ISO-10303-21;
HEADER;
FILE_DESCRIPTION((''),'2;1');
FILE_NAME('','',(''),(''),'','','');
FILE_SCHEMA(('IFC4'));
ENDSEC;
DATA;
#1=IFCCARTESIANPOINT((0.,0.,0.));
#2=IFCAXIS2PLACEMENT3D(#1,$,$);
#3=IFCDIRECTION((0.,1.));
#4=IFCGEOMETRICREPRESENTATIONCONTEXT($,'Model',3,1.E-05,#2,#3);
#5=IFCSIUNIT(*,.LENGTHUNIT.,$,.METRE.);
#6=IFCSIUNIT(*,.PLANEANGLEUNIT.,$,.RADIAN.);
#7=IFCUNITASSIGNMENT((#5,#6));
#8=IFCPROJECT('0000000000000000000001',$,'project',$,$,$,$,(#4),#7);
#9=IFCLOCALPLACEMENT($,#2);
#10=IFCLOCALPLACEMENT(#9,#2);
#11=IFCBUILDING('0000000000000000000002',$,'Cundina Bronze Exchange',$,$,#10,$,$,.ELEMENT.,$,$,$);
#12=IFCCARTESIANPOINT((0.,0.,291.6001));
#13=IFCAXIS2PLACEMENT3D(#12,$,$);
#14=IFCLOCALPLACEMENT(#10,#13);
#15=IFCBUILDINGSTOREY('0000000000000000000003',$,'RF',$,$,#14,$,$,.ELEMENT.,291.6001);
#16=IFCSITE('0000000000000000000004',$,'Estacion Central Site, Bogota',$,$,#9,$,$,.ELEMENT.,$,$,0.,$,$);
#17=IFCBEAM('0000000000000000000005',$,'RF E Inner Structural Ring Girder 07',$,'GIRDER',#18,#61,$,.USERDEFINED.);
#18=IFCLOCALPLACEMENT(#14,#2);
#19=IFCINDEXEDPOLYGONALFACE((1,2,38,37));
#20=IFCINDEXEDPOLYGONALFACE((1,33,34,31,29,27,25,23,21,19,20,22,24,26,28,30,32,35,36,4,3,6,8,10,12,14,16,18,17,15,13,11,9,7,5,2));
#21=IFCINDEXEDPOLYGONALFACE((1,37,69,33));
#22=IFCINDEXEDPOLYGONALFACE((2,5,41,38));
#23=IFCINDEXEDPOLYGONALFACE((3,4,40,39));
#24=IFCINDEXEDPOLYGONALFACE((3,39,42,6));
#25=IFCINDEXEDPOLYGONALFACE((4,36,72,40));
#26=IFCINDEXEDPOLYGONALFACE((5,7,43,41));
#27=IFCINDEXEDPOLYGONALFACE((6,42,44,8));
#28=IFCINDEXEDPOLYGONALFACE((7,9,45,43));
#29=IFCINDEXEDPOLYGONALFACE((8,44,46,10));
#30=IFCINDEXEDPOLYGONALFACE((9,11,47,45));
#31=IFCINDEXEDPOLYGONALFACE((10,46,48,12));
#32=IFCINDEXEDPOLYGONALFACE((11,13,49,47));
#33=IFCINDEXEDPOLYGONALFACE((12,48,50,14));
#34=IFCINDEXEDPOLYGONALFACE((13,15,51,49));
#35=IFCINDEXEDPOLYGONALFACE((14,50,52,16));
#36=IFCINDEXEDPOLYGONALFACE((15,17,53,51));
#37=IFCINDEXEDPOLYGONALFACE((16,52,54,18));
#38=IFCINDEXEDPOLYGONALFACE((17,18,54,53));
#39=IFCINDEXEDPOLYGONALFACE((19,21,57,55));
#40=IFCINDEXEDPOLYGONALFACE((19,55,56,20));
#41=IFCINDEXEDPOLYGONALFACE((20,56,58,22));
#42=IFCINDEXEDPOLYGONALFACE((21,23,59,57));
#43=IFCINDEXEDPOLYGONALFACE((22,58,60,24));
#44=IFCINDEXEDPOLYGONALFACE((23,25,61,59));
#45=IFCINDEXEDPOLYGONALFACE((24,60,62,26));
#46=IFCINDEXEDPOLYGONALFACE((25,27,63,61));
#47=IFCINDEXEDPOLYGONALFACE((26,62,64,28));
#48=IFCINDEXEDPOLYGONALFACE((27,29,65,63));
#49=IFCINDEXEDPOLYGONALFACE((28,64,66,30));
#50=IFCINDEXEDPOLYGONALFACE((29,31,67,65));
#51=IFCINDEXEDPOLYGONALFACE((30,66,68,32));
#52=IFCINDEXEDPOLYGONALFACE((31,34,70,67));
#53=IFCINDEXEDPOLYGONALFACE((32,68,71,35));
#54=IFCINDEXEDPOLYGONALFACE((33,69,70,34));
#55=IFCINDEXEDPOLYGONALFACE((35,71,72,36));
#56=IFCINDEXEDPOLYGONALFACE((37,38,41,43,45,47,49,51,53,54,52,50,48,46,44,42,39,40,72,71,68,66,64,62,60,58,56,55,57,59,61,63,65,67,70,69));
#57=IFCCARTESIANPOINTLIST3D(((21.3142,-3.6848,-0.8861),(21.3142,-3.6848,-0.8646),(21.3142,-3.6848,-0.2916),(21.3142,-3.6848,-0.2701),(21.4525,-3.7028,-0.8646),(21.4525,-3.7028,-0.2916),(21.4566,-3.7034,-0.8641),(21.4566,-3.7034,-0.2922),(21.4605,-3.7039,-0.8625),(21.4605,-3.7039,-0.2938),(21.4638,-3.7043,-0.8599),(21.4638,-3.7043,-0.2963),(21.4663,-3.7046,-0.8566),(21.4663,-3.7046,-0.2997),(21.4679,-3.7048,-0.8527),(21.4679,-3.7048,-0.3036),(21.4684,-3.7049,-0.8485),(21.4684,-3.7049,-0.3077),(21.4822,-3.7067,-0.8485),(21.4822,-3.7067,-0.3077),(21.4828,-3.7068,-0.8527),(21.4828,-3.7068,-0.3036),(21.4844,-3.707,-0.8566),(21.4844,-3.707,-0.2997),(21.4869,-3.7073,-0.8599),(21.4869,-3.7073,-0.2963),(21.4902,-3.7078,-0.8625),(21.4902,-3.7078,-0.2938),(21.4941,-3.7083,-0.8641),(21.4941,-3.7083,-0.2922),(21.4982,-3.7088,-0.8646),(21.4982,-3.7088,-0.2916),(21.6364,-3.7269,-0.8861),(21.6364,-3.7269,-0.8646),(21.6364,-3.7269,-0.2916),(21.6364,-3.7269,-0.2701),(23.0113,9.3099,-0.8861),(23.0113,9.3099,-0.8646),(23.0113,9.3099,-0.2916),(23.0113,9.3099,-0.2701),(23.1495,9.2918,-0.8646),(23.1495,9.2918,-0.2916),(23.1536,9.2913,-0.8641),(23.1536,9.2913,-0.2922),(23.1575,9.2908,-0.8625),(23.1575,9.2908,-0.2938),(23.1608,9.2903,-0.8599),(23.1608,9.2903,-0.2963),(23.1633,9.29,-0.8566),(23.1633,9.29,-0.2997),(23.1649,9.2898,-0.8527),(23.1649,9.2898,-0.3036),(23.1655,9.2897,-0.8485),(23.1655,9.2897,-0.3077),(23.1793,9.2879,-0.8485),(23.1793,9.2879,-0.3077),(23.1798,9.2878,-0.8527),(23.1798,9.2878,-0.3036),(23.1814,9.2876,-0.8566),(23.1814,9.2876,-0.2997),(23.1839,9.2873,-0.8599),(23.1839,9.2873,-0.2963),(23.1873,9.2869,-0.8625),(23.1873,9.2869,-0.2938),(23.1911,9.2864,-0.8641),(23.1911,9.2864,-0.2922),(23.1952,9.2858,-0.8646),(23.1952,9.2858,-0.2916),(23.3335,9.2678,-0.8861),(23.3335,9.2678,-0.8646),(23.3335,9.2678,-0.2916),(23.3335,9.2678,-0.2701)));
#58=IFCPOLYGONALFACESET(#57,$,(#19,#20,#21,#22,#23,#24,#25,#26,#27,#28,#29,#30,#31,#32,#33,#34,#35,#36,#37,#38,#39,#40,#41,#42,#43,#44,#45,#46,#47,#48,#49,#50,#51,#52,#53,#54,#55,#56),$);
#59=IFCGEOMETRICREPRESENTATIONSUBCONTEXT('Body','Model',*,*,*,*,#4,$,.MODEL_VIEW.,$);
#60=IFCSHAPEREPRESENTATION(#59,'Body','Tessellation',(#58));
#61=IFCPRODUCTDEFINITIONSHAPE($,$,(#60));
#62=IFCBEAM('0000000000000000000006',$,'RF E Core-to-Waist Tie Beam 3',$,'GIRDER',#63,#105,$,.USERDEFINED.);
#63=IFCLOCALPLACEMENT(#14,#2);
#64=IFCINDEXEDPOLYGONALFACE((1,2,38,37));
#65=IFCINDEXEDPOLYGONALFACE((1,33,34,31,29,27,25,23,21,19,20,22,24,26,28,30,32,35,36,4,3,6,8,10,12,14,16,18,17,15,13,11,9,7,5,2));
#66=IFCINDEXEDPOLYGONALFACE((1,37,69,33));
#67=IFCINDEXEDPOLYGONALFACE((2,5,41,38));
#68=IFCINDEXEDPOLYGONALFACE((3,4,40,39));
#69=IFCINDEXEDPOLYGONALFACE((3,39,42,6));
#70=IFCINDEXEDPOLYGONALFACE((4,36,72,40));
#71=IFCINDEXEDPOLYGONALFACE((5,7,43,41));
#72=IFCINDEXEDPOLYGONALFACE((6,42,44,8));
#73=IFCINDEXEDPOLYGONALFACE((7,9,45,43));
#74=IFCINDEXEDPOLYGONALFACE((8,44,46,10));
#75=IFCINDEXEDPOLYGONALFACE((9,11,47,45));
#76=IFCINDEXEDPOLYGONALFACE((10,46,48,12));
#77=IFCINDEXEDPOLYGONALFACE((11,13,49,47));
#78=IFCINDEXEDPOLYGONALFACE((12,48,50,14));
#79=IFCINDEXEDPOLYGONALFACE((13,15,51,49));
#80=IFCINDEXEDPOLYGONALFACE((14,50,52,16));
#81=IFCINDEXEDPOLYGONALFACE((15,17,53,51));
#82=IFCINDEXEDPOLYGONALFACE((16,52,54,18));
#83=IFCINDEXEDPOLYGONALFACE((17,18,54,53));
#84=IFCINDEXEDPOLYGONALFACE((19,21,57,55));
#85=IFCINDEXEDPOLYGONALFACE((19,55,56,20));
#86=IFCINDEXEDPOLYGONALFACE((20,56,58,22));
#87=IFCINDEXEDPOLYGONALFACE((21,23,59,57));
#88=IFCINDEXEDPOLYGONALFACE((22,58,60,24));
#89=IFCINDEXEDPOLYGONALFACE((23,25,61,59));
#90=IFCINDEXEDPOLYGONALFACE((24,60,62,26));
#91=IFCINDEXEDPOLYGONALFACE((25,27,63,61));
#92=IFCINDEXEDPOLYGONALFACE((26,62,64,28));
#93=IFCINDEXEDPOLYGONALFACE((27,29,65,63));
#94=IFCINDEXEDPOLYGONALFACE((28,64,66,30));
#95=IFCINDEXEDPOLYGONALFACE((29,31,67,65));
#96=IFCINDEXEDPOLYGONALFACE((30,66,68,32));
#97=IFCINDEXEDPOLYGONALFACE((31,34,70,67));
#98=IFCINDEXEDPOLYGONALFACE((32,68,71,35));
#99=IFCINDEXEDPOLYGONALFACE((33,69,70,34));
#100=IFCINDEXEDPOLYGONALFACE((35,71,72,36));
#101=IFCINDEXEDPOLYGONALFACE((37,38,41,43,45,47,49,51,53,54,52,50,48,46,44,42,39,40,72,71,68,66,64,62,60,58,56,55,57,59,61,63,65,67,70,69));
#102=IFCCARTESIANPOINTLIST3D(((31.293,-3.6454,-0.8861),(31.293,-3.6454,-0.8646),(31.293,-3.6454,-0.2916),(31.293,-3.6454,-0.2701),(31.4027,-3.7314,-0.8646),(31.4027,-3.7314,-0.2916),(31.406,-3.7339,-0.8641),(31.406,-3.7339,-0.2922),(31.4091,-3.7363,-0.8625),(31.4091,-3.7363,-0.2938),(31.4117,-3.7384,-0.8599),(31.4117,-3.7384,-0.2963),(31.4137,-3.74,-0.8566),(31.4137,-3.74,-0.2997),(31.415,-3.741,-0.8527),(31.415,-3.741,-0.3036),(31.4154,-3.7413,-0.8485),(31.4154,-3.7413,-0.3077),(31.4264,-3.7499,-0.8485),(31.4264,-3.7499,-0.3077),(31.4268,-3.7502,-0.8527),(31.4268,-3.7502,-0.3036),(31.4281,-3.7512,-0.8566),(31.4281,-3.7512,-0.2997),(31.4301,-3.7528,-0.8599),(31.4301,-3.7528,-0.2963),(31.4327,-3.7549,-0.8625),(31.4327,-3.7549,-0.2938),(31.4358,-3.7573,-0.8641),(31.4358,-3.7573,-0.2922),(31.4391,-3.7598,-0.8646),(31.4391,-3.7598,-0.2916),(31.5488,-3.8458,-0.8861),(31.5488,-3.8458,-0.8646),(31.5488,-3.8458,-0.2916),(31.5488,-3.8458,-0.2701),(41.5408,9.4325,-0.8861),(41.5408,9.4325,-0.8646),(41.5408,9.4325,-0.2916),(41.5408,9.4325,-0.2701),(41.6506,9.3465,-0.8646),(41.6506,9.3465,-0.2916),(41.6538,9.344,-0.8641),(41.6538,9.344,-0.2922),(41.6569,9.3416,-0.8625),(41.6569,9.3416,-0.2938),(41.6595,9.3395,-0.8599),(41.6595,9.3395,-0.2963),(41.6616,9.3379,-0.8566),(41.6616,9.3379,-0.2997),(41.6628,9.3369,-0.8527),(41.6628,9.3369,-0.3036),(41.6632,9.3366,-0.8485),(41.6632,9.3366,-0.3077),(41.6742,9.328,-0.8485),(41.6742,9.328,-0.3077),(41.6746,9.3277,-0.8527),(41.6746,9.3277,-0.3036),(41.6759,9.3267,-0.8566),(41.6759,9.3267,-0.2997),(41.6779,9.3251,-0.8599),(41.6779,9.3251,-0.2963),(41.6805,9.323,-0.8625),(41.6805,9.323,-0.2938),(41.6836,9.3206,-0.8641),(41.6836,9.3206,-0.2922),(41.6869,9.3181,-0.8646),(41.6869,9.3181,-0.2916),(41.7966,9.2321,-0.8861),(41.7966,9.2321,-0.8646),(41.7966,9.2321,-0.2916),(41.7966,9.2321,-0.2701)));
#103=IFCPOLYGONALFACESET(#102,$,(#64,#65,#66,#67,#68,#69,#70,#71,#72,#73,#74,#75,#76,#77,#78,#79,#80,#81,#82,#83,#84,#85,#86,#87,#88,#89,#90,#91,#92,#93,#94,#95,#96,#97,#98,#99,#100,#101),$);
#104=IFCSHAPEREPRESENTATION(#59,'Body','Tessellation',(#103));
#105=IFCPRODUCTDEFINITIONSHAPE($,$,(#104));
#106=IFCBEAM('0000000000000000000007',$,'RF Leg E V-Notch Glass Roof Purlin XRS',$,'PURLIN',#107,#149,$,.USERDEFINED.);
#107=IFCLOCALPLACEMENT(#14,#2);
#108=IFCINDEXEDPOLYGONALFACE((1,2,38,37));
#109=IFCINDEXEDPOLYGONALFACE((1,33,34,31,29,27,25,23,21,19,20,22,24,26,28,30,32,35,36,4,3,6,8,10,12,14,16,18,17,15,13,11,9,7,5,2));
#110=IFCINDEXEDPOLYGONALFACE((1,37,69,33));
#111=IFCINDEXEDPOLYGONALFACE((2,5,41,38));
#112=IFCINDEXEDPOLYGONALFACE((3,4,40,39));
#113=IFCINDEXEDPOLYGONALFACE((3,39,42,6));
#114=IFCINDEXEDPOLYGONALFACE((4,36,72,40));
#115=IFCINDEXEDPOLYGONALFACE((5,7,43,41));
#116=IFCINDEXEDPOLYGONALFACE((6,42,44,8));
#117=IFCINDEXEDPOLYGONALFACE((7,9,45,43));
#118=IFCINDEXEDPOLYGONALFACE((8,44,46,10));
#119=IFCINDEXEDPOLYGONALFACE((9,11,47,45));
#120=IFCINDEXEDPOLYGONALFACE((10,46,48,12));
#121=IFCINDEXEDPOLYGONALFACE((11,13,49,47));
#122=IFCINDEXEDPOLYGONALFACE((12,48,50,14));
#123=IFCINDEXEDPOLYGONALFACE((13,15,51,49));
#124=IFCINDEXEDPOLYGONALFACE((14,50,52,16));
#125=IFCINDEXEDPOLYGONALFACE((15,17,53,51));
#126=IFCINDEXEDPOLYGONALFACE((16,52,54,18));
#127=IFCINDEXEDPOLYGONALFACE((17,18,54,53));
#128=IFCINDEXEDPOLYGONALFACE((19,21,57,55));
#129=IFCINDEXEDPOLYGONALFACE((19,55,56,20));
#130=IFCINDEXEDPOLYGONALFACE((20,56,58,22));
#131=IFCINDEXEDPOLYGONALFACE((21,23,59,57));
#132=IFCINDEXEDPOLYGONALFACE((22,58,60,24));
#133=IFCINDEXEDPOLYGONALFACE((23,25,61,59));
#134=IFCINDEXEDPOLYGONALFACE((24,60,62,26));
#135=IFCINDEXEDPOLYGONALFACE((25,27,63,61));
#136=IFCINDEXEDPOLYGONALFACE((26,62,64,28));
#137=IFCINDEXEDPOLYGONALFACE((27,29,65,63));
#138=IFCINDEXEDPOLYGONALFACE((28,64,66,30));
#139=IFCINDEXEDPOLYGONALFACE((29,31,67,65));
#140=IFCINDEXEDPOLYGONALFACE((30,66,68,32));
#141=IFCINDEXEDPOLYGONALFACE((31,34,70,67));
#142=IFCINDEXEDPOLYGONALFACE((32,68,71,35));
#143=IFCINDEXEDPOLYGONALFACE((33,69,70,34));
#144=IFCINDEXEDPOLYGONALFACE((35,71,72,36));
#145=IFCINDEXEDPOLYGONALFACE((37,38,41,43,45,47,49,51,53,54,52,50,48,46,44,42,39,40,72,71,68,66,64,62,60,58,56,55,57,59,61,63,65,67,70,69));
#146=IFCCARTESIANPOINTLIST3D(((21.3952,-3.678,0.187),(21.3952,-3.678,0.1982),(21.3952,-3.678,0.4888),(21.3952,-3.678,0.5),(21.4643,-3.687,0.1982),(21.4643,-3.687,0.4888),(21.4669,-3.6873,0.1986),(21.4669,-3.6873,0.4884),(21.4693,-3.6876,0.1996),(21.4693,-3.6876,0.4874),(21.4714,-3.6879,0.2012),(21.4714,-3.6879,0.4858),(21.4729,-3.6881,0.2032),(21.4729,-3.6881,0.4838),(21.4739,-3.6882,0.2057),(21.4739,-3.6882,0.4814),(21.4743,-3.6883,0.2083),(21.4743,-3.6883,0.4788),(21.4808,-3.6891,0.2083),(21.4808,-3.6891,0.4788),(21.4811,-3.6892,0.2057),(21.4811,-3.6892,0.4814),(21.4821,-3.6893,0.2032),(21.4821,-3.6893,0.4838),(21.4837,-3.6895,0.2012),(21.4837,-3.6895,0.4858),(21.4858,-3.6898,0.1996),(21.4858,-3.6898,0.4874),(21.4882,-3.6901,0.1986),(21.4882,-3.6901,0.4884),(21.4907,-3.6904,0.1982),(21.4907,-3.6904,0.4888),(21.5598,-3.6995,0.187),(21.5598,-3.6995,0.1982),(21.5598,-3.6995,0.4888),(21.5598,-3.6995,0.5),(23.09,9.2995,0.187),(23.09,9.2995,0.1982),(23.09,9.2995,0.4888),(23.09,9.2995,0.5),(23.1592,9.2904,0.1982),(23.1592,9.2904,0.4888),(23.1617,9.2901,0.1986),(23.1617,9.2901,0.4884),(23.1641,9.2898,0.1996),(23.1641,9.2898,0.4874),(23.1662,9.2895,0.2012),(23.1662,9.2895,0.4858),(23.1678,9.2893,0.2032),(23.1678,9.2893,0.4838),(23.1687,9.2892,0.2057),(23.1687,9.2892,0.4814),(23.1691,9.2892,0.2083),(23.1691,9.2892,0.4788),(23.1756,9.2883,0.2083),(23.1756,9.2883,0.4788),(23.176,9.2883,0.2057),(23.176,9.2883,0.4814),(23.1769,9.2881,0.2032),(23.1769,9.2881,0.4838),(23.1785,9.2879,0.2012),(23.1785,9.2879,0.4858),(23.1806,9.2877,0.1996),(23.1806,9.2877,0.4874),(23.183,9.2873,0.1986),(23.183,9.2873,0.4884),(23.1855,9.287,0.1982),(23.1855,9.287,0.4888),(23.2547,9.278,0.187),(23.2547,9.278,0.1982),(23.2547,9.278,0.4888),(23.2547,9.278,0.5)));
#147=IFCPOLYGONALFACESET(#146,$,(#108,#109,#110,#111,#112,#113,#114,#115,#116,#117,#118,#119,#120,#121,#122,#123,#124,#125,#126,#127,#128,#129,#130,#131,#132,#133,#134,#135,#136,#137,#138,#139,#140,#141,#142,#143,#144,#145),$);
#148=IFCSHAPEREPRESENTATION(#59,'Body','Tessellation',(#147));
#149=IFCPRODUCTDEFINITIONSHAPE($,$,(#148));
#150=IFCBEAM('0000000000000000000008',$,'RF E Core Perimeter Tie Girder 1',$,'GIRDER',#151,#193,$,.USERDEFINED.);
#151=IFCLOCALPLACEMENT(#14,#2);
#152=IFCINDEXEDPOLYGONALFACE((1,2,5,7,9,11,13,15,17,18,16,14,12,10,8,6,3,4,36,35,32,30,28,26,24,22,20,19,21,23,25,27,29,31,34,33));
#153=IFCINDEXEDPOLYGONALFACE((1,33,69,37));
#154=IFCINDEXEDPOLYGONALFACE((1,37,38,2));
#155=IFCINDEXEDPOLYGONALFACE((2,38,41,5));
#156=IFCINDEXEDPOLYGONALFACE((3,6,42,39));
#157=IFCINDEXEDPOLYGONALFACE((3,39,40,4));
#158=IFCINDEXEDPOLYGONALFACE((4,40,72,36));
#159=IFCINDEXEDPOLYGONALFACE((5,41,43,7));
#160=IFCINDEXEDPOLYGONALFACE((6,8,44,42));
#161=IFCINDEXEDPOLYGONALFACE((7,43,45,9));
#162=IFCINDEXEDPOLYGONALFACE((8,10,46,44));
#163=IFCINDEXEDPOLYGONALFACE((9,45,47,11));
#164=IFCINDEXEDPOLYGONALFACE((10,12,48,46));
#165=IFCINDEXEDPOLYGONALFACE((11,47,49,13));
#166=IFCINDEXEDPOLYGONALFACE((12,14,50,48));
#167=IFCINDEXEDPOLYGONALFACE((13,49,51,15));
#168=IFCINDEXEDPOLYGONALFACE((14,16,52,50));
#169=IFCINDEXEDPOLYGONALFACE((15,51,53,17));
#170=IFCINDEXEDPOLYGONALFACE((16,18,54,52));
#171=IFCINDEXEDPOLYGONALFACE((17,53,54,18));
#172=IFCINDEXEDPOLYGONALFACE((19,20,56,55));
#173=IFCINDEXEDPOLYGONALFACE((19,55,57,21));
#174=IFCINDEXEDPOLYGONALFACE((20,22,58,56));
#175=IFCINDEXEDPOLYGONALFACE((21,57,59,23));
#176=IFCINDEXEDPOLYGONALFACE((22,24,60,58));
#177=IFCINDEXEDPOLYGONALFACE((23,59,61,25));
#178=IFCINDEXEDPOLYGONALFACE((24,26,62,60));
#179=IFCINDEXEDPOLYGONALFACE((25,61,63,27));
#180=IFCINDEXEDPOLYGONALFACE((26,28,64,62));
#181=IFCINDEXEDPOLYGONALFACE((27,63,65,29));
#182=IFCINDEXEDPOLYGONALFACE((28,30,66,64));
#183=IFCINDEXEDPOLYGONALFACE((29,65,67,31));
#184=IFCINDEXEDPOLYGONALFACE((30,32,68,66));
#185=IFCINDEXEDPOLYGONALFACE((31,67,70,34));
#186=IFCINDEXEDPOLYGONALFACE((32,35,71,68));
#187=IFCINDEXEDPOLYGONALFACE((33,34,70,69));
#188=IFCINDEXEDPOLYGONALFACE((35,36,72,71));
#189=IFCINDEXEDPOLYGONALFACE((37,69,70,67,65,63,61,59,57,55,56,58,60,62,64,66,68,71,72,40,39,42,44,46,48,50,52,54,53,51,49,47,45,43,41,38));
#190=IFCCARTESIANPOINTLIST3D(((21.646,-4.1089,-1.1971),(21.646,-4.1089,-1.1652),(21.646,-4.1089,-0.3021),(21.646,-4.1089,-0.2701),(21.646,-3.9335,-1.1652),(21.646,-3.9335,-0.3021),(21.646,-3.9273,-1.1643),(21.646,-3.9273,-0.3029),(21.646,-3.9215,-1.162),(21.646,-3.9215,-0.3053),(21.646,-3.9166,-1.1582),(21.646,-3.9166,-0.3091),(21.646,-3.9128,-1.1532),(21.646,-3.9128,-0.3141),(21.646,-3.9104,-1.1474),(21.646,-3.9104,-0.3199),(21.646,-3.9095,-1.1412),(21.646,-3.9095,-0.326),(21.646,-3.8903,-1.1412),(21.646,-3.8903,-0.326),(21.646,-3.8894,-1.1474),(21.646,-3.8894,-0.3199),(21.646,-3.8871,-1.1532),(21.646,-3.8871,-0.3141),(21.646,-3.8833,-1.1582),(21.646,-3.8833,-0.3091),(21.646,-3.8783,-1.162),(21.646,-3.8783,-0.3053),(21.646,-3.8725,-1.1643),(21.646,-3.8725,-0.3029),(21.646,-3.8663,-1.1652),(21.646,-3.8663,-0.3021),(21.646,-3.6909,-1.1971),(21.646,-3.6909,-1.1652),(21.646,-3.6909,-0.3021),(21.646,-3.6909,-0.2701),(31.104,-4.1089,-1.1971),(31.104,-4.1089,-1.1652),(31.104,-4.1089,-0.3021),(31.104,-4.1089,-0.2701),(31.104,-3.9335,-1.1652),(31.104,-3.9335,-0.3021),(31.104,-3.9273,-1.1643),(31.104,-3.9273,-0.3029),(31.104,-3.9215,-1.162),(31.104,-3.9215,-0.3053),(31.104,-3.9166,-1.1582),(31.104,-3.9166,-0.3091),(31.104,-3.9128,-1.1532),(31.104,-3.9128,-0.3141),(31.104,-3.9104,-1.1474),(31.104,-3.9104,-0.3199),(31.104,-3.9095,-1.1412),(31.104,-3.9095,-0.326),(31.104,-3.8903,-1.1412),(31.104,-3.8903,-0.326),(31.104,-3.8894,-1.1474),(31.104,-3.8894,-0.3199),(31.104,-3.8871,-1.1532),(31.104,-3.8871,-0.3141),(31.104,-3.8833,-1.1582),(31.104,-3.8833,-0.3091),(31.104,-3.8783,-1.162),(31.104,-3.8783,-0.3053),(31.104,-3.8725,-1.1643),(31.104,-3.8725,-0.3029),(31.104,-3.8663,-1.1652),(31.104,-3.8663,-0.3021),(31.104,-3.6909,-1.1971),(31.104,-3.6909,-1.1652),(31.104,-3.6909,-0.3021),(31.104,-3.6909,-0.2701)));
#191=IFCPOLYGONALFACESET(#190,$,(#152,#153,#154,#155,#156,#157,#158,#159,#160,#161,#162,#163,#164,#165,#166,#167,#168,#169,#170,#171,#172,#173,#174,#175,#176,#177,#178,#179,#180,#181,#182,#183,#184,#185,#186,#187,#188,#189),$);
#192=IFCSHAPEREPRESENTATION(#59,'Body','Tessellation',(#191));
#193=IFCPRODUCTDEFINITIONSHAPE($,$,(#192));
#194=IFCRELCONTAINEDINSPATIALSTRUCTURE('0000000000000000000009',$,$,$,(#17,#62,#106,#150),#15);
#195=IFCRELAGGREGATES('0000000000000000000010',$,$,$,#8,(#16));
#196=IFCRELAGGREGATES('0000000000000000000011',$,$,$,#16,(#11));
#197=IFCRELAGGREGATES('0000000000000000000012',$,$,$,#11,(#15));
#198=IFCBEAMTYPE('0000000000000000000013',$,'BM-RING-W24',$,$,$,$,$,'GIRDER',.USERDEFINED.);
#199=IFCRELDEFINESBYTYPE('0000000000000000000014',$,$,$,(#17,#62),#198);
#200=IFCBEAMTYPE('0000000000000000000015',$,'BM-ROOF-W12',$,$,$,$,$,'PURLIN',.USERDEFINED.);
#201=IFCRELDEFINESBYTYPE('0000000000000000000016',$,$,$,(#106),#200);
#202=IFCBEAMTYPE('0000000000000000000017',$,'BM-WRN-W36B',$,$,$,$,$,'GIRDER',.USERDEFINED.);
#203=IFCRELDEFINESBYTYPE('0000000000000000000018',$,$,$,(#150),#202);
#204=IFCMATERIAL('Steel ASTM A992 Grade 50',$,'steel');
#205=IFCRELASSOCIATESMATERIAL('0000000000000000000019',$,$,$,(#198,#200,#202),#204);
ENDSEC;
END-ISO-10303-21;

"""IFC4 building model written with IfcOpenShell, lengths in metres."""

from ifc_helpers import new_model, si_unit, direction, frame, origin, origin_2d, place, context, subcontext, project, spatial, i_section, extrude, material, material_profile, profile_set, type_object, element, save


model = new_model("IFC4")

# Units and contexts
model_context = context("Model", 3, precision=1e-05, world=origin(), true_north=direction((0.0, 1.0)))
body_context = subcontext(model_context, "Body", "Model", "MODEL_VIEW")
ifc_project = project(units=[si_unit("LENGTHUNIT", "METRE"), si_unit("PLANEANGLEUNIT", "RADIAN")], contexts=[model_context])

# Site, building, storey
site_placement = place(None, origin())
site = spatial("IfcSite", under=ifc_project, at=site_placement, Name="Estacion Central Site, Bogota", CompositionType="ELEMENT", RefElevation=0.0)
building_placement = place(site_placement, origin())
building = spatial("IfcBuilding", under=site, at=building_placement, Name="Cundina Bronze Exchange", CompositionType="ELEMENT")
storey_placement = place(building_placement, frame((0.0, 0.0, 291.6001)))
storey = spatial("IfcBuildingStorey", under=building, at=storey_placement, Name="RF", CompositionType="ELEMENT", Elevation=291.6001)

# Beams
ifc_material_1 = material(Name="Steel ASTM A992 Grade 50", Category="steel")
ifc_material_profile_1 = material_profile(ifc_material_1, i_section(OverallWidth=0.325, OverallDepth=0.616, WebThickness=0.0139, FlangeThickness=0.0215, FilletRadius=0.0161, at=origin_2d()), Name="W24X117", Category="steel")
ifc_profile_set_1 = profile_set([ifc_material_profile_1], Name="Steel ASTM A992 Grade 50")
beam_type_1 = type_object("IfcBeamType", Name="BM-RING-W24", ElementType="GIRDER", PredefinedType="USERDEFINED", material=ifc_profile_set_1)
beam_1_placement = place(storey_placement, frame((23.1724, 9.2888, -0.5781), z_axis=(-0.129494, -0.99158, 0.0), x_axis=(0.99158, -0.129494, 0.0)))
element("IfcBeam", 1, at=beam_1_placement, inside=storey, type_object=beam_type_1, Name="RF E Inner Structural Ring Girder 07", ObjectType="GIRDER", PredefinedType="USERDEFINED", context=body_context, shape_type="SweptSolid", body=[
    extrude(i_section(OverallWidth=0.325, OverallDepth=0.616, WebThickness=0.0139, FlangeThickness=0.0215, FilletRadius=0.0161, at=origin_2d()), origin(), (0.0, 0.0, 1.0), 13.105),
])
beam_2_placement = place(storey_placement, frame((31.4209, -3.7456, -0.5781), z_axis=(0.616791, 0.787127, 0.0), x_axis=(-0.787127, 0.616791, 0.0)))
element("IfcBeam", 2, at=beam_2_placement, inside=storey, type_object=beam_type_1, Name="RF E Core-to-Waist Tie Beam 3", ObjectType="GIRDER", PredefinedType="USERDEFINED", context=body_context, shape_type="SweptSolid", body=[
    extrude(i_section(OverallWidth=0.325, OverallDepth=0.616, WebThickness=0.0139, FlangeThickness=0.0215, FilletRadius=0.0161, at=origin_2d()), origin(), (0.0, 0.0, 1.0), 16.6147),
])
ifc_material_profile_2 = material_profile(ifc_material_1, i_section(OverallWidth=0.166, OverallDepth=0.313, WebThickness=0.0066, FlangeThickness=0.0112, FilletRadius=0.01, at=origin_2d()), Name="W12X30", Category="steel")
ifc_profile_set_2 = profile_set([ifc_material_profile_2], Name="Steel ASTM A992 Grade 50")
beam_type_2 = type_object("IfcBeamType", Name="BM-ROOF-W12", ElementType="PURLIN", PredefinedType="USERDEFINED", material=ifc_profile_set_2)
beam_3_placement = place(storey_placement, frame((21.4775, -3.6887, 0.3435), z_axis=(0.129497, 0.99158, 0.0), x_axis=(-0.99158, 0.129497, 0.0)))
element("IfcBeam", 3, at=beam_3_placement, inside=storey, type_object=beam_type_2, Name="RF Leg E V-Notch Glass Roof Purlin XRS", ObjectType="PURLIN", PredefinedType="USERDEFINED", context=body_context, shape_type="SweptSolid", body=[
    extrude(i_section(OverallWidth=0.166, OverallDepth=0.313, WebThickness=0.0066, FlangeThickness=0.0112, FilletRadius=0.01, at=origin_2d()), origin(), (0.0, 0.0, 1.0), 13.0876),
])
ifc_material_profile_3 = material_profile(ifc_material_1, i_section(OverallWidth=0.418, OverallDepth=0.927, WebThickness=0.0193, FlangeThickness=0.032, FilletRadius=0.0239, at=origin_2d()), Name="W36X231", Category="steel")
ifc_profile_set_3 = profile_set([ifc_material_profile_3], Name="Steel ASTM A992 Grade 50")
beam_type_3 = type_object("IfcBeamType", Name="BM-WRN-W36B", ElementType="GIRDER", PredefinedType="USERDEFINED", material=ifc_profile_set_3)
beam_4_placement = place(storey_placement, frame((31.104, -3.8999, -0.7336), z_axis=(-1.0, 0.0, 0.0), x_axis=(0.0, -1.0, 0.0)))
element("IfcBeam", 4, at=beam_4_placement, inside=storey, type_object=beam_type_3, Name="RF E Core Perimeter Tie Girder 1", ObjectType="GIRDER", PredefinedType="USERDEFINED", context=body_context, shape_type="SweptSolid", body=[
    extrude(i_section(OverallWidth=0.418, OverallDepth=0.927, WebThickness=0.0193, FlangeThickness=0.032, FilletRadius=0.0239, at=origin_2d()), origin(), (0.0, 0.0, 1.0), 9.458),
])

save(model, "model.ifc")
